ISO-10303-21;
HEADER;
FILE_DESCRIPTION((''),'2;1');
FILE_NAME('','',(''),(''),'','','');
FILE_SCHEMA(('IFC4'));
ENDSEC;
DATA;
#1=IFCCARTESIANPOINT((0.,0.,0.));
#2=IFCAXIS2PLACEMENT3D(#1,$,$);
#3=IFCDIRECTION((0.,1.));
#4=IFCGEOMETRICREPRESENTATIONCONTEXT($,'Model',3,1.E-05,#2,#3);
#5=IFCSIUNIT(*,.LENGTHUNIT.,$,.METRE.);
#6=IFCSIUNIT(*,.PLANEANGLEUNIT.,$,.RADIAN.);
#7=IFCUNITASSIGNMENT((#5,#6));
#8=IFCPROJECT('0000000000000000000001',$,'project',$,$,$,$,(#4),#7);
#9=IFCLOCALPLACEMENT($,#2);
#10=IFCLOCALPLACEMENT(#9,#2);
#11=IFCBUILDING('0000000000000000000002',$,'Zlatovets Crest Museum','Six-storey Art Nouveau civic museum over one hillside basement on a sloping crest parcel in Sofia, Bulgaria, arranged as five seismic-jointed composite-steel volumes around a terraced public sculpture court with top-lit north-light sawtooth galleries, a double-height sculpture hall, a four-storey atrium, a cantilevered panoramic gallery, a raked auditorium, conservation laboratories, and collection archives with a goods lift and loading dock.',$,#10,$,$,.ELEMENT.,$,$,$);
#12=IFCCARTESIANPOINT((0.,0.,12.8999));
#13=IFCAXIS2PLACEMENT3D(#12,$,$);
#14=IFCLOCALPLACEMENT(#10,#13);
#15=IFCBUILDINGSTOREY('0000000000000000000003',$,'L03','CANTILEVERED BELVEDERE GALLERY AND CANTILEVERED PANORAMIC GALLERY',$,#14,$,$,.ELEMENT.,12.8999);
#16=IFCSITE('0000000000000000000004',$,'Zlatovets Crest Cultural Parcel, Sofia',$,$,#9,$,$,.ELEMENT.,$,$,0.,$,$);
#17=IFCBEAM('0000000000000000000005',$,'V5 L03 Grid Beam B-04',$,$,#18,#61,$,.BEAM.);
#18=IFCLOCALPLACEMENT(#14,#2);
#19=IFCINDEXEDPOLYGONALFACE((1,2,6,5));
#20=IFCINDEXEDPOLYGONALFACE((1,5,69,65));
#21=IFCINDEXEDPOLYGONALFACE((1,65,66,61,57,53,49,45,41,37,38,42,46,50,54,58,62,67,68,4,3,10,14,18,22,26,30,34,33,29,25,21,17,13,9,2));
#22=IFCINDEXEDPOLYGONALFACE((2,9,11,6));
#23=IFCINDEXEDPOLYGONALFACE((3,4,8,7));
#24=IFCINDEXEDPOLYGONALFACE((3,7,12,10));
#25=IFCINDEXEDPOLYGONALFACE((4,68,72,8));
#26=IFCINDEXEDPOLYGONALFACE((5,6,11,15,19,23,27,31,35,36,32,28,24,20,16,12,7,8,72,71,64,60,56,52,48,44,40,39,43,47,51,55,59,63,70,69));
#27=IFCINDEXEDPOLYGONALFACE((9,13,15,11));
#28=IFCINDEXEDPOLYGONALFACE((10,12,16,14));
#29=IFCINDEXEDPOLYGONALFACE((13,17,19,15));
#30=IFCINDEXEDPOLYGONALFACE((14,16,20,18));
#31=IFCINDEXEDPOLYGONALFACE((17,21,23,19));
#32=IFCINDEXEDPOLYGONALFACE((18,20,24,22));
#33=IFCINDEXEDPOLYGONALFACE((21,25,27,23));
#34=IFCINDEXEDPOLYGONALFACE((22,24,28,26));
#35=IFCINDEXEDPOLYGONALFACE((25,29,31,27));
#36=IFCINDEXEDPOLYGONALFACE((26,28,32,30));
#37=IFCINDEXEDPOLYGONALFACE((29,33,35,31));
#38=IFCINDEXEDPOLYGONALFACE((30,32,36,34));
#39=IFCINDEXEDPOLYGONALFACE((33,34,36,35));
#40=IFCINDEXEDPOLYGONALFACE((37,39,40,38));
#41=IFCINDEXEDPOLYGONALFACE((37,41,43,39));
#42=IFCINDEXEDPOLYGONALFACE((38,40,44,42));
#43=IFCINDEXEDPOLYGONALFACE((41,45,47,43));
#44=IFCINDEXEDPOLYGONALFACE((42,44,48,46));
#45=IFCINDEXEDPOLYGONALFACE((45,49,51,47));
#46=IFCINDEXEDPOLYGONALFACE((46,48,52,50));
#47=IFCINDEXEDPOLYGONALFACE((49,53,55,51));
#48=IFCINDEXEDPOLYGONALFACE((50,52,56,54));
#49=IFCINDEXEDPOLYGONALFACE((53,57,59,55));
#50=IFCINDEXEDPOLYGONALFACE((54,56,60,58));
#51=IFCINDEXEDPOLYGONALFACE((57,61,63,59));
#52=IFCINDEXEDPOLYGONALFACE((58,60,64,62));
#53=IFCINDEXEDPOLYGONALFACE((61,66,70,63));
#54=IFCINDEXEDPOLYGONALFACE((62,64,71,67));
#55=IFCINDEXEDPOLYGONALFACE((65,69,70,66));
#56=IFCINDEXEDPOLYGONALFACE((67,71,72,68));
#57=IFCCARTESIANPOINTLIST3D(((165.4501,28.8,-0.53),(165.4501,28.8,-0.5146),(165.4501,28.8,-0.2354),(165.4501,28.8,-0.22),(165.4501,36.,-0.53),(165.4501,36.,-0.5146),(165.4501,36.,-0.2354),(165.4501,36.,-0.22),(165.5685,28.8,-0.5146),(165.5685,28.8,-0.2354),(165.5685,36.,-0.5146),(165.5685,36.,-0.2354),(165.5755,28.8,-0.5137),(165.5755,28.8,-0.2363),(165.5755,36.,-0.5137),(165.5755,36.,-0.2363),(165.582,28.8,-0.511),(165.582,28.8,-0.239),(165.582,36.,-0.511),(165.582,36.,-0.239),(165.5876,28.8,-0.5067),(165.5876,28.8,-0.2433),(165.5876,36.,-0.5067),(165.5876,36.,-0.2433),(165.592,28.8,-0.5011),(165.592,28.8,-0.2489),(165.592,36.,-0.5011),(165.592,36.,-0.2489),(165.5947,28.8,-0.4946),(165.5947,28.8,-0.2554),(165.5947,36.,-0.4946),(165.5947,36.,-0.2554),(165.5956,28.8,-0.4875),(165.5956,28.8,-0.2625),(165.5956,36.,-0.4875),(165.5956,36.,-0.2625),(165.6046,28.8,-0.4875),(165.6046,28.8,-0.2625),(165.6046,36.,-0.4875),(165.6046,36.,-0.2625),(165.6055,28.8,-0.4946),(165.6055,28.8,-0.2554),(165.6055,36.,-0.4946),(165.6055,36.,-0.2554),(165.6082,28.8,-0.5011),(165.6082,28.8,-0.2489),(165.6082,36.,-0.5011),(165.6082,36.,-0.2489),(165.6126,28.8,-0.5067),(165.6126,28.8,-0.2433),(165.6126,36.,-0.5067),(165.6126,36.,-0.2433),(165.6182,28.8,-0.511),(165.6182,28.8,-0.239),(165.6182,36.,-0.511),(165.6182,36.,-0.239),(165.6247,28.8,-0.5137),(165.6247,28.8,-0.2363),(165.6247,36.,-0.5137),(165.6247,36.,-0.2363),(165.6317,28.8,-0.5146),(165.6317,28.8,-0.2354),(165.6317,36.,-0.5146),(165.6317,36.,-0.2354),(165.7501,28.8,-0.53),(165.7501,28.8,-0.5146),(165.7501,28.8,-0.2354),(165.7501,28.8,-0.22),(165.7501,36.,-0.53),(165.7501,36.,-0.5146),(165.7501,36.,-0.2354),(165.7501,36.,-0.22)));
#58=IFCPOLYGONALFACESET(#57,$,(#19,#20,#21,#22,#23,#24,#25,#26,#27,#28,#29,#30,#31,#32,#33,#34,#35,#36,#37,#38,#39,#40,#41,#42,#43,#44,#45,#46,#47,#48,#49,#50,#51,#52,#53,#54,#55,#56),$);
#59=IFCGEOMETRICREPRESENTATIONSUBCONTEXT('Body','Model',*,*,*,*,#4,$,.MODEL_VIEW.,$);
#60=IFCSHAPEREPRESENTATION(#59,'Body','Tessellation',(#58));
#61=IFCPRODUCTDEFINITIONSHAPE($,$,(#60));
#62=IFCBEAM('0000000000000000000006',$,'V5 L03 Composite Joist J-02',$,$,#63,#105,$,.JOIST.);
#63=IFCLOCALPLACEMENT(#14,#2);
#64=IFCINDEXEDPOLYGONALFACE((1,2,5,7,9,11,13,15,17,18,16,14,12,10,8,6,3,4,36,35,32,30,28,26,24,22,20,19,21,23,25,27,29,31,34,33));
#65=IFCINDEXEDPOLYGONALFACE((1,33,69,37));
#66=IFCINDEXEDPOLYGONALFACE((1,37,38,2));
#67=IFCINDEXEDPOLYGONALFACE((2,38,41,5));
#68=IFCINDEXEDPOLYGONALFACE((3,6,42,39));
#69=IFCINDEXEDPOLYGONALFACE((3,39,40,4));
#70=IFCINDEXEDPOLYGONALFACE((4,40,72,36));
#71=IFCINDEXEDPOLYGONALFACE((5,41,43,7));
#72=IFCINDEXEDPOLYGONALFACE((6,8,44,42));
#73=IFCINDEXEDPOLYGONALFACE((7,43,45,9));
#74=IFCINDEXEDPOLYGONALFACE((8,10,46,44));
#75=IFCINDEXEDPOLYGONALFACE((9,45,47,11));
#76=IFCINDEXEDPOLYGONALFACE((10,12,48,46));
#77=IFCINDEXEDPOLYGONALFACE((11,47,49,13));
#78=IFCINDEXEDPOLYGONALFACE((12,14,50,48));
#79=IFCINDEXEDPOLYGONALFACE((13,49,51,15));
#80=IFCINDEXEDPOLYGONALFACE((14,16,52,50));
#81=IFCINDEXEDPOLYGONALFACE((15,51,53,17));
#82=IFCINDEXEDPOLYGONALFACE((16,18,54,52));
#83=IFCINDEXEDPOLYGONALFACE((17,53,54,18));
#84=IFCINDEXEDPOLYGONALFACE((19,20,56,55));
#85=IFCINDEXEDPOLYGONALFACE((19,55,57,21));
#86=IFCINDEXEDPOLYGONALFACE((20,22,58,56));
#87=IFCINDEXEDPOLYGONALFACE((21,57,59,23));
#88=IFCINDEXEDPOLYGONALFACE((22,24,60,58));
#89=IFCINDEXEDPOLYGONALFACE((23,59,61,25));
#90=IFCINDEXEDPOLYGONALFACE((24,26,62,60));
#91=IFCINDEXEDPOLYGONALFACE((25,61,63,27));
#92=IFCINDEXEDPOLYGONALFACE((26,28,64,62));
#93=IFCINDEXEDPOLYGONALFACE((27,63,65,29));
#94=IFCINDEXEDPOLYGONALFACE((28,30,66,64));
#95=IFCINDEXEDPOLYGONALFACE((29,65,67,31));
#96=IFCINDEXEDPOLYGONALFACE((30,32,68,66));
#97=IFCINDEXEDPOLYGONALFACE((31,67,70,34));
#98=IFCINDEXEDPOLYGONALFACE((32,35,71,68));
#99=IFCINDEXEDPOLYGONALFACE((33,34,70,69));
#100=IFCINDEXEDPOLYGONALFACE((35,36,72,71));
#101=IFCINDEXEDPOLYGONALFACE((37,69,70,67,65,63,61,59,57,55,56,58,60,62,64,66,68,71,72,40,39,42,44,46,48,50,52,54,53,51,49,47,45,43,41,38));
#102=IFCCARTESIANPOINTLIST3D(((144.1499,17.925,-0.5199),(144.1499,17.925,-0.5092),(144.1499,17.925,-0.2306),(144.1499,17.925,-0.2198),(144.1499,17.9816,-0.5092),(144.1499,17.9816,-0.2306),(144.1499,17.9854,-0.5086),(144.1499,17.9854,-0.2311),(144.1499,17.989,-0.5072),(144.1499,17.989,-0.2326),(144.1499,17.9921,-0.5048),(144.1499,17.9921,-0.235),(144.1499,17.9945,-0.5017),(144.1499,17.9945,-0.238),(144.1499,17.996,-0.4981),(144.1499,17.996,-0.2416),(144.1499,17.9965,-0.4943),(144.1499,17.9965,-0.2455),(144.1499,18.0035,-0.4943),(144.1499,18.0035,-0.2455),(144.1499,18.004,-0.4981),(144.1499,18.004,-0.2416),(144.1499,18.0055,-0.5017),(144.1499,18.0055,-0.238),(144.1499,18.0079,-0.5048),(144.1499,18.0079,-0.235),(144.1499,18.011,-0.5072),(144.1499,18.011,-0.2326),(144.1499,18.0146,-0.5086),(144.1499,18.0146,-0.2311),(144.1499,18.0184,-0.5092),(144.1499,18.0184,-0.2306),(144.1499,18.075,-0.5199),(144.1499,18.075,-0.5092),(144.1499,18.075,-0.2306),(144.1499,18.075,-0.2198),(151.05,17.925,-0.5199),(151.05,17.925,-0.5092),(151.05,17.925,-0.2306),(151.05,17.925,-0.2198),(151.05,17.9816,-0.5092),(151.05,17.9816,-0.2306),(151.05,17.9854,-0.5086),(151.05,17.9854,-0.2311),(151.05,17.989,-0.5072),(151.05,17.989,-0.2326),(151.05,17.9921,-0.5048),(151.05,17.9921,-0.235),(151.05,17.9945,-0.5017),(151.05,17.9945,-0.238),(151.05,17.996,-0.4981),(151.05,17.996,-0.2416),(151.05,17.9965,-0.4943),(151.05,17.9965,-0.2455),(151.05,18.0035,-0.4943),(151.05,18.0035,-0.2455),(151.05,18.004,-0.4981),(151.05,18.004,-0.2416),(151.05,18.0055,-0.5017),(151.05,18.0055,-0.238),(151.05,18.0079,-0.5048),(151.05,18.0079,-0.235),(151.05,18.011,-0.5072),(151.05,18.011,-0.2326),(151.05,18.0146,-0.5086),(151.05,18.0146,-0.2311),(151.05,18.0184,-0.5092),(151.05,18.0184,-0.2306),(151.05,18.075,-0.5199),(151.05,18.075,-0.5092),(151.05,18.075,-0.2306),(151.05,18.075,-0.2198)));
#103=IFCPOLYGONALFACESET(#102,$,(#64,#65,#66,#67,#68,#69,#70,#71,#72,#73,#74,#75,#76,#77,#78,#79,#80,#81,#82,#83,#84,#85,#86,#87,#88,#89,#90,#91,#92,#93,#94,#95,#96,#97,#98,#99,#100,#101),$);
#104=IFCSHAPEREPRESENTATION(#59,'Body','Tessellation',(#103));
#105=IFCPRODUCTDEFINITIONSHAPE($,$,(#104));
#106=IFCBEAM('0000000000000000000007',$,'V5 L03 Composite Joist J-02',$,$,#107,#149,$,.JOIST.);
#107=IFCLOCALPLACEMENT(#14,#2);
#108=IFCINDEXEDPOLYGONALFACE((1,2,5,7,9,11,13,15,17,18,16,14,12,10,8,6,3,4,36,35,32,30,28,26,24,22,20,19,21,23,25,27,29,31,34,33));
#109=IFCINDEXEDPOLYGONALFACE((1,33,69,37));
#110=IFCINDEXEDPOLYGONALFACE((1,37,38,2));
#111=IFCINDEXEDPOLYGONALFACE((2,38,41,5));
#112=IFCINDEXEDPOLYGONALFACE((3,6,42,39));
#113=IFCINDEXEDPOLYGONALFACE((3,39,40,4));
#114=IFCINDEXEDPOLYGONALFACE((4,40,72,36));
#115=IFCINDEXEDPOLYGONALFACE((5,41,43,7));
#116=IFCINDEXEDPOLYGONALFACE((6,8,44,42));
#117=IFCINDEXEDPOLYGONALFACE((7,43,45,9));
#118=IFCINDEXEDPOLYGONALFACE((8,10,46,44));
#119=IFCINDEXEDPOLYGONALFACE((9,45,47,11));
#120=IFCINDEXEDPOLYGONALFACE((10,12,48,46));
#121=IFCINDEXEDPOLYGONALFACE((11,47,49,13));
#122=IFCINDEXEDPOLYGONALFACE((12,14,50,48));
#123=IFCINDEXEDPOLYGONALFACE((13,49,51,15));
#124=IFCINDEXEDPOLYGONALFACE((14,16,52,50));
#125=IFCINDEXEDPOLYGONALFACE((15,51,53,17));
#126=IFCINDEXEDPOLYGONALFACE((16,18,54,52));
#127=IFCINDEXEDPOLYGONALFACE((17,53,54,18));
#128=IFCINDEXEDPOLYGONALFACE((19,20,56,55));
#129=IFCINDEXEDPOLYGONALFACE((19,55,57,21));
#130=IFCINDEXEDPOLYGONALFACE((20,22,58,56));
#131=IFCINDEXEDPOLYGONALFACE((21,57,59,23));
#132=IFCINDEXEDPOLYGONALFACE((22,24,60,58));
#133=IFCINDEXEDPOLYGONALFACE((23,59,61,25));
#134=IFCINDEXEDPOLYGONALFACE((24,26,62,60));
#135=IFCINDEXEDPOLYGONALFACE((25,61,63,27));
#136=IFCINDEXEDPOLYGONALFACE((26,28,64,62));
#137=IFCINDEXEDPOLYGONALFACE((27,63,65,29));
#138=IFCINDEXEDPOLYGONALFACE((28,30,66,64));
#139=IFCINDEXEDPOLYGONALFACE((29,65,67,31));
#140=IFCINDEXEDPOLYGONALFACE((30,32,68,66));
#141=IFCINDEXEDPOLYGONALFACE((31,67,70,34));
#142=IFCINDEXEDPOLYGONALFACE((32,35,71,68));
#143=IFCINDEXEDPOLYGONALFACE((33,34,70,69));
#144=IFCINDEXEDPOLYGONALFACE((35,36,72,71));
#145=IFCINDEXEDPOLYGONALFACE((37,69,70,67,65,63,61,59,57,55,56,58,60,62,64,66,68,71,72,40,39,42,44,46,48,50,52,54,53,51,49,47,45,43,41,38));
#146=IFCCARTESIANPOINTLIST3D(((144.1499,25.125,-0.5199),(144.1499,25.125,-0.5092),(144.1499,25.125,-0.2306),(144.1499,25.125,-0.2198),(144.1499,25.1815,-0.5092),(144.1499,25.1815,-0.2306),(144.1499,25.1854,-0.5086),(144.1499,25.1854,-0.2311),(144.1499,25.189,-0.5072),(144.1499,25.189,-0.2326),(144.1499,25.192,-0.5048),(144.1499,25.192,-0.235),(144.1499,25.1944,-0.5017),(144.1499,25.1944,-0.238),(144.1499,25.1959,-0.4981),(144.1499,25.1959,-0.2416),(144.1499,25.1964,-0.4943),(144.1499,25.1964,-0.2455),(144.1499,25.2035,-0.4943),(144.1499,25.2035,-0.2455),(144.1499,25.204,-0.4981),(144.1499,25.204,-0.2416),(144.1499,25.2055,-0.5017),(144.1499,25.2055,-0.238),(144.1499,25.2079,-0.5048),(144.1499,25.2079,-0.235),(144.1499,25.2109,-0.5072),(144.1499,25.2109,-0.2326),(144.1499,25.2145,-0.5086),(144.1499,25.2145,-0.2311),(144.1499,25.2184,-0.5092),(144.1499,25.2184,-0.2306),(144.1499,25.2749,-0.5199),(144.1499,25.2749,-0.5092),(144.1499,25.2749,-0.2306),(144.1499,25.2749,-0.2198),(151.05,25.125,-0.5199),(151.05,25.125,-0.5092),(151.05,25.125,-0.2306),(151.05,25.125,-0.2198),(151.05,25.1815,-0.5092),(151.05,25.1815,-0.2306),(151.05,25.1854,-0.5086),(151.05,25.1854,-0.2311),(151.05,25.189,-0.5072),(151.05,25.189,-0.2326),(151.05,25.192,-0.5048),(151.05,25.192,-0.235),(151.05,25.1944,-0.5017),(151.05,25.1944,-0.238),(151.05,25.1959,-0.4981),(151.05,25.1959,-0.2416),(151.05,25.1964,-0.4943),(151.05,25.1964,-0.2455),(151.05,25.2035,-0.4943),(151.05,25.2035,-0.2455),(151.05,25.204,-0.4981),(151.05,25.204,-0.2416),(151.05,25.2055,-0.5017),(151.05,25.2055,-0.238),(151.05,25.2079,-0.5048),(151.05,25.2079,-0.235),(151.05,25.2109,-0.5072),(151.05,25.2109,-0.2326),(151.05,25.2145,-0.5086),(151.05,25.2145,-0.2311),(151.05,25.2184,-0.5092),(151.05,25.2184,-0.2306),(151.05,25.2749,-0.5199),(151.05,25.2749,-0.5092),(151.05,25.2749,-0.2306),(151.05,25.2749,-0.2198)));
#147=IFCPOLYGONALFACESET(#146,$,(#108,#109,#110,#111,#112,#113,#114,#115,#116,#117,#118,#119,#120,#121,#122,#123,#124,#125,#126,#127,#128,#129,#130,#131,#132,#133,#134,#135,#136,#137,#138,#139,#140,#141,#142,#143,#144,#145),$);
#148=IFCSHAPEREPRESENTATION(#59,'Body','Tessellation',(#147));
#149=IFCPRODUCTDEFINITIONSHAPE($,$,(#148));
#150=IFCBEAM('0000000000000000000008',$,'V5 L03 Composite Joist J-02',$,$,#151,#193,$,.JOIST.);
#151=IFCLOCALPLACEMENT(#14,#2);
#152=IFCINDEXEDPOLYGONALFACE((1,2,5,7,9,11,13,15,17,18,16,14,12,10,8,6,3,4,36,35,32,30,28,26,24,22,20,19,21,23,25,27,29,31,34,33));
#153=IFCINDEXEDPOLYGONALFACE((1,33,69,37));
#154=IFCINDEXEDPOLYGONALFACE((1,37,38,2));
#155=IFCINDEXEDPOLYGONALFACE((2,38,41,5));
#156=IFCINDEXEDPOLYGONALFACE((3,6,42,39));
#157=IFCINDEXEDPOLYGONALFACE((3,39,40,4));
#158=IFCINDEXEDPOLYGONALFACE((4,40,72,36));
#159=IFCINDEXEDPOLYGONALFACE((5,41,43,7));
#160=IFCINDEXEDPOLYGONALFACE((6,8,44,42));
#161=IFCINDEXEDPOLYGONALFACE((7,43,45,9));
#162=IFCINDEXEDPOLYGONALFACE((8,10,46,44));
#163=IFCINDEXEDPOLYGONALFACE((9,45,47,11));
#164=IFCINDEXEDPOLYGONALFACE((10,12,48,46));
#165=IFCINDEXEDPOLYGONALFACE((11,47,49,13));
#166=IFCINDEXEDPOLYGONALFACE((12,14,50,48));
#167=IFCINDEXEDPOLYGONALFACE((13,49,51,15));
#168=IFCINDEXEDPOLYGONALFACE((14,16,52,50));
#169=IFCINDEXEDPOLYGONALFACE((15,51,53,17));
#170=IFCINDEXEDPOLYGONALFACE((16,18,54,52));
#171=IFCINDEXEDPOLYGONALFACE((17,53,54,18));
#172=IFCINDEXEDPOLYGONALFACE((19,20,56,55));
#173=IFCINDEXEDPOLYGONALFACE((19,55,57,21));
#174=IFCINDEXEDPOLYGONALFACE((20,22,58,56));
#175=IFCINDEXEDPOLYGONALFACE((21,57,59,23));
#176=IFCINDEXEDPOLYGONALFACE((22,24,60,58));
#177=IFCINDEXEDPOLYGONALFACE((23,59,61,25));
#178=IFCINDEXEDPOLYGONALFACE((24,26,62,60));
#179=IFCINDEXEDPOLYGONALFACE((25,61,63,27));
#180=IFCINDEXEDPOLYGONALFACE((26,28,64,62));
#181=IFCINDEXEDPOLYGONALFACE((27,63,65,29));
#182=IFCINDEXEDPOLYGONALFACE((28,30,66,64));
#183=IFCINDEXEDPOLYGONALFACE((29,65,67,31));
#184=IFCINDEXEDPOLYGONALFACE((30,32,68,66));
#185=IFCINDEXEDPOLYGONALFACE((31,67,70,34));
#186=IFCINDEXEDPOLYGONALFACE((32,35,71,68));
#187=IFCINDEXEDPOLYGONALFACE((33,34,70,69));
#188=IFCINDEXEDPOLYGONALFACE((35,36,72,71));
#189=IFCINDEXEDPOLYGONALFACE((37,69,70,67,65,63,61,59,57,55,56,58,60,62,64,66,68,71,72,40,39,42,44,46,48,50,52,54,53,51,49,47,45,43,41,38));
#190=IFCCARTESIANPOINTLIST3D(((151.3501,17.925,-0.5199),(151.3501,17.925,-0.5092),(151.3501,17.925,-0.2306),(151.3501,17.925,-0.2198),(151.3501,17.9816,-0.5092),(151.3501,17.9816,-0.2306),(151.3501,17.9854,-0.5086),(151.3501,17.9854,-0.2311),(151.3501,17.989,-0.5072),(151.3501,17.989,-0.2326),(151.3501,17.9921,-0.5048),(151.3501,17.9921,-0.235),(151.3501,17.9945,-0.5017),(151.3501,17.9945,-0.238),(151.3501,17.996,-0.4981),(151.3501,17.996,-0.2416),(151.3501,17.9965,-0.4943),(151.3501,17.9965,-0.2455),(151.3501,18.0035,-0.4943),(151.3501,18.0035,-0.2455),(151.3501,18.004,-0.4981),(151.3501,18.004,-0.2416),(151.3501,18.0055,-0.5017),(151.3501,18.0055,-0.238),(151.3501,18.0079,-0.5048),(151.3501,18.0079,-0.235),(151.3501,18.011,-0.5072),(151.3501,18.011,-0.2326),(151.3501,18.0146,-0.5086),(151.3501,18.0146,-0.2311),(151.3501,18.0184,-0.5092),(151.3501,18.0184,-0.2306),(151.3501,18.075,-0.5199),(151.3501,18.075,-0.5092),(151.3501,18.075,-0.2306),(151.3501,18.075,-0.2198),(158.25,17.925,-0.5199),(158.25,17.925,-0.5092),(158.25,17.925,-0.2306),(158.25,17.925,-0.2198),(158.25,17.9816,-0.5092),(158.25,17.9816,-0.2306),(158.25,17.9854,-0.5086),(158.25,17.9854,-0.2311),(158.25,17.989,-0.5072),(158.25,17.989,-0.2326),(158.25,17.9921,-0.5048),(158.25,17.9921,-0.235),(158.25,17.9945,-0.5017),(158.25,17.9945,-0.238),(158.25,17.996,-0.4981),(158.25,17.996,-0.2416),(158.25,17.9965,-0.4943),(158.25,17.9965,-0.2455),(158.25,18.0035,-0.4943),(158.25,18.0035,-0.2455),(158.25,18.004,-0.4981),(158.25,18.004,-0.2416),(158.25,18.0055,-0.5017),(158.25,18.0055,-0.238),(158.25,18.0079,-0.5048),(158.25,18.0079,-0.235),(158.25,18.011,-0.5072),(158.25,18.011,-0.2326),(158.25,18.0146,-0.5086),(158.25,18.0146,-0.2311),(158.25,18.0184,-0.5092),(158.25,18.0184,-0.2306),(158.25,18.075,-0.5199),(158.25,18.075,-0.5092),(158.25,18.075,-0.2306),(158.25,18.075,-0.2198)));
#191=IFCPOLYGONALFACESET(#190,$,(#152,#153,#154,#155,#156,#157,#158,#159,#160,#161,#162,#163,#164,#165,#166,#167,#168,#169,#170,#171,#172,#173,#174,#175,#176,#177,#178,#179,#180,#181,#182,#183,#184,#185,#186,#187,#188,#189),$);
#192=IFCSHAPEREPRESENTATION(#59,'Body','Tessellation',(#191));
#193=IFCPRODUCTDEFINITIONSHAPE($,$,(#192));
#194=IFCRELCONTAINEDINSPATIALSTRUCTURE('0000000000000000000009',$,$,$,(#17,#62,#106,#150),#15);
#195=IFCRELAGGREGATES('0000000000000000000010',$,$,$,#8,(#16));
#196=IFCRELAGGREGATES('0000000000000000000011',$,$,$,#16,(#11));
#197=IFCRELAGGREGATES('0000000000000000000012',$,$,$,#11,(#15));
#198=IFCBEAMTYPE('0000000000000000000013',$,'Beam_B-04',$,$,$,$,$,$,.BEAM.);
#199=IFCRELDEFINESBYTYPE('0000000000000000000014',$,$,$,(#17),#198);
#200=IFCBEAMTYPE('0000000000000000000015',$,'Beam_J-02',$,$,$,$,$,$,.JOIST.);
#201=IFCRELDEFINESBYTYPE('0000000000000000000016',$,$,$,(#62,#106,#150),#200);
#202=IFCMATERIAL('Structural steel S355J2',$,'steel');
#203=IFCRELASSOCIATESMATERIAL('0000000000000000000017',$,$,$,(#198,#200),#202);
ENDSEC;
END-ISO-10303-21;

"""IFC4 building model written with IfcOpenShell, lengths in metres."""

from ifc_helpers import new_model, si_unit, direction, frame, origin, origin_2d, place, context, subcontext, project, spatial, i_section, extrude, material, material_profile, profile_set, type_object, element, save


model = new_model("IFC4")

# Units and contexts
model_context = context("Model", 3, precision=1e-05, world=origin(), true_north=direction((0.0, 1.0)))
body_context = subcontext(model_context, "Body", "Model", "MODEL_VIEW")
ifc_project = project(units=[si_unit("LENGTHUNIT", "METRE"), si_unit("PLANEANGLEUNIT", "RADIAN")], contexts=[model_context])

# Site, building, storey
site_placement = place(None, origin())
site = spatial("IfcSite", under=ifc_project, at=site_placement, Name="Zlatovets Crest Cultural Parcel, Sofia", CompositionType="ELEMENT", RefElevation=0.0)
building_placement = place(site_placement, origin())
building = spatial("IfcBuilding", under=site, at=building_placement, Name="Zlatovets Crest Museum", Description="Six-storey Art Nouveau civic museum over one hillside basement on a sloping crest parcel in Sofia, Bulgaria, arranged as five seismic-jointed composite-steel volumes around a terraced public sculpture court with top-lit north-light sawtooth galleries, a double-height sculpture hall, a four-storey atrium, a cantilevered panoramic gallery, a raked auditorium, conservation laboratories, and collection archives with a goods lift and loading dock.", CompositionType="ELEMENT")
storey_placement = place(building_placement, frame((0.0, 0.0, 12.8999)))
storey = spatial("IfcBuildingStorey", under=building, at=storey_placement, Name="L03", Description="CANTILEVERED BELVEDERE GALLERY AND CANTILEVERED PANORAMIC GALLERY", CompositionType="ELEMENT", Elevation=12.8999)

# Beams
ifc_material_1 = material(Name="Structural steel S355J2", Category="steel")
ifc_material_profile_1 = material_profile(ifc_material_1, i_section(OverallWidth=0.3, OverallDepth=0.3101, WebThickness=0.009, FlangeThickness=0.0154, FilletRadius=0.0271, at=origin_2d()), Name="HEA 320")
ifc_profile_set_1 = profile_set([ifc_material_profile_1], Name="Structural steel S355J2")
beam_type_1 = type_object("IfcBeamType", Name="Beam_B-04", PredefinedType="BEAM", material=ifc_profile_set_1)
for number, where, z_axis, x_axis, name in (
    (1, (165.6001, 28.8, -0.375), (0.0, 1.0, 0.0), (-1.0, 0.0, 0.0), "V5 L03 Grid Beam B-04"),
):
    element("IfcBeam", number, at=place(storey_placement, frame(where, z_axis=z_axis, x_axis=x_axis)), inside=storey, type_object=beam_type_1, Name=name, PredefinedType="BEAM", context=body_context, shape_type="SweptSolid", body=[
        extrude(i_section(OverallWidth=0.3, OverallDepth=0.3101, WebThickness=0.009, FlangeThickness=0.0154, FilletRadius=0.0271, at=origin_2d()), origin(), (0.0, 0.0, 1.0), 7.2),
    ])
ifc_material_profile_2 = material_profile(ifc_material_1, i_section(OverallWidth=0.1499, OverallDepth=0.3, WebThickness=0.0071, FlangeThickness=0.0107, FilletRadius=0.0149, at=origin_2d()), Name="IPE 300")
ifc_profile_set_2 = profile_set([ifc_material_profile_2], Name="Structural steel S355J2")
beam_type_2 = type_object("IfcBeamType", Name="Beam_J-02", PredefinedType="JOIST", material=ifc_profile_set_2)
for number, where, z_axis, x_axis, name in (
    (2, (144.1499, 18.0, -0.3699), (1.0, 0.0, 0.0), (0.0, 1.0, 0.0), "V5 L03 Composite Joist J-02"),
    (3, (144.1499, 25.2, -0.3699), (1.0, 0.0, 0.0), (0.0, 1.0, 0.0), "V5 L03 Composite Joist J-02"),
):
    element("IfcBeam", number, at=place(storey_placement, frame(where, z_axis=z_axis, x_axis=x_axis)), inside=storey, type_object=beam_type_2, Name=name, PredefinedType="JOIST", context=body_context, shape_type="SweptSolid", body=[
        extrude(i_section(OverallWidth=0.1499, OverallDepth=0.3, WebThickness=0.0071, FlangeThickness=0.0107, FilletRadius=0.0149, at=origin_2d()), origin(), (0.0, 0.0, 1.0), 6.9001),
    ])
for number, where, z_axis, x_axis, name in (
    (4, (151.3501, 18.0, -0.3699), (1.0, 0.0, 0.0), (0.0, 1.0, 0.0), "V5 L03 Composite Joist J-02"),
):
    element("IfcBeam", number, at=place(storey_placement, frame(where, z_axis=z_axis, x_axis=x_axis)), inside=storey, type_object=beam_type_2, Name=name, PredefinedType="JOIST", context=body_context, shape_type="SweptSolid", body=[
        extrude(i_section(OverallWidth=0.1499, OverallDepth=0.3, WebThickness=0.0071, FlangeThickness=0.0107, FilletRadius=0.0149, at=origin_2d()), origin(), (0.0, 0.0, 1.0), 6.8999),
    ])

save(model, "model.ifc")
